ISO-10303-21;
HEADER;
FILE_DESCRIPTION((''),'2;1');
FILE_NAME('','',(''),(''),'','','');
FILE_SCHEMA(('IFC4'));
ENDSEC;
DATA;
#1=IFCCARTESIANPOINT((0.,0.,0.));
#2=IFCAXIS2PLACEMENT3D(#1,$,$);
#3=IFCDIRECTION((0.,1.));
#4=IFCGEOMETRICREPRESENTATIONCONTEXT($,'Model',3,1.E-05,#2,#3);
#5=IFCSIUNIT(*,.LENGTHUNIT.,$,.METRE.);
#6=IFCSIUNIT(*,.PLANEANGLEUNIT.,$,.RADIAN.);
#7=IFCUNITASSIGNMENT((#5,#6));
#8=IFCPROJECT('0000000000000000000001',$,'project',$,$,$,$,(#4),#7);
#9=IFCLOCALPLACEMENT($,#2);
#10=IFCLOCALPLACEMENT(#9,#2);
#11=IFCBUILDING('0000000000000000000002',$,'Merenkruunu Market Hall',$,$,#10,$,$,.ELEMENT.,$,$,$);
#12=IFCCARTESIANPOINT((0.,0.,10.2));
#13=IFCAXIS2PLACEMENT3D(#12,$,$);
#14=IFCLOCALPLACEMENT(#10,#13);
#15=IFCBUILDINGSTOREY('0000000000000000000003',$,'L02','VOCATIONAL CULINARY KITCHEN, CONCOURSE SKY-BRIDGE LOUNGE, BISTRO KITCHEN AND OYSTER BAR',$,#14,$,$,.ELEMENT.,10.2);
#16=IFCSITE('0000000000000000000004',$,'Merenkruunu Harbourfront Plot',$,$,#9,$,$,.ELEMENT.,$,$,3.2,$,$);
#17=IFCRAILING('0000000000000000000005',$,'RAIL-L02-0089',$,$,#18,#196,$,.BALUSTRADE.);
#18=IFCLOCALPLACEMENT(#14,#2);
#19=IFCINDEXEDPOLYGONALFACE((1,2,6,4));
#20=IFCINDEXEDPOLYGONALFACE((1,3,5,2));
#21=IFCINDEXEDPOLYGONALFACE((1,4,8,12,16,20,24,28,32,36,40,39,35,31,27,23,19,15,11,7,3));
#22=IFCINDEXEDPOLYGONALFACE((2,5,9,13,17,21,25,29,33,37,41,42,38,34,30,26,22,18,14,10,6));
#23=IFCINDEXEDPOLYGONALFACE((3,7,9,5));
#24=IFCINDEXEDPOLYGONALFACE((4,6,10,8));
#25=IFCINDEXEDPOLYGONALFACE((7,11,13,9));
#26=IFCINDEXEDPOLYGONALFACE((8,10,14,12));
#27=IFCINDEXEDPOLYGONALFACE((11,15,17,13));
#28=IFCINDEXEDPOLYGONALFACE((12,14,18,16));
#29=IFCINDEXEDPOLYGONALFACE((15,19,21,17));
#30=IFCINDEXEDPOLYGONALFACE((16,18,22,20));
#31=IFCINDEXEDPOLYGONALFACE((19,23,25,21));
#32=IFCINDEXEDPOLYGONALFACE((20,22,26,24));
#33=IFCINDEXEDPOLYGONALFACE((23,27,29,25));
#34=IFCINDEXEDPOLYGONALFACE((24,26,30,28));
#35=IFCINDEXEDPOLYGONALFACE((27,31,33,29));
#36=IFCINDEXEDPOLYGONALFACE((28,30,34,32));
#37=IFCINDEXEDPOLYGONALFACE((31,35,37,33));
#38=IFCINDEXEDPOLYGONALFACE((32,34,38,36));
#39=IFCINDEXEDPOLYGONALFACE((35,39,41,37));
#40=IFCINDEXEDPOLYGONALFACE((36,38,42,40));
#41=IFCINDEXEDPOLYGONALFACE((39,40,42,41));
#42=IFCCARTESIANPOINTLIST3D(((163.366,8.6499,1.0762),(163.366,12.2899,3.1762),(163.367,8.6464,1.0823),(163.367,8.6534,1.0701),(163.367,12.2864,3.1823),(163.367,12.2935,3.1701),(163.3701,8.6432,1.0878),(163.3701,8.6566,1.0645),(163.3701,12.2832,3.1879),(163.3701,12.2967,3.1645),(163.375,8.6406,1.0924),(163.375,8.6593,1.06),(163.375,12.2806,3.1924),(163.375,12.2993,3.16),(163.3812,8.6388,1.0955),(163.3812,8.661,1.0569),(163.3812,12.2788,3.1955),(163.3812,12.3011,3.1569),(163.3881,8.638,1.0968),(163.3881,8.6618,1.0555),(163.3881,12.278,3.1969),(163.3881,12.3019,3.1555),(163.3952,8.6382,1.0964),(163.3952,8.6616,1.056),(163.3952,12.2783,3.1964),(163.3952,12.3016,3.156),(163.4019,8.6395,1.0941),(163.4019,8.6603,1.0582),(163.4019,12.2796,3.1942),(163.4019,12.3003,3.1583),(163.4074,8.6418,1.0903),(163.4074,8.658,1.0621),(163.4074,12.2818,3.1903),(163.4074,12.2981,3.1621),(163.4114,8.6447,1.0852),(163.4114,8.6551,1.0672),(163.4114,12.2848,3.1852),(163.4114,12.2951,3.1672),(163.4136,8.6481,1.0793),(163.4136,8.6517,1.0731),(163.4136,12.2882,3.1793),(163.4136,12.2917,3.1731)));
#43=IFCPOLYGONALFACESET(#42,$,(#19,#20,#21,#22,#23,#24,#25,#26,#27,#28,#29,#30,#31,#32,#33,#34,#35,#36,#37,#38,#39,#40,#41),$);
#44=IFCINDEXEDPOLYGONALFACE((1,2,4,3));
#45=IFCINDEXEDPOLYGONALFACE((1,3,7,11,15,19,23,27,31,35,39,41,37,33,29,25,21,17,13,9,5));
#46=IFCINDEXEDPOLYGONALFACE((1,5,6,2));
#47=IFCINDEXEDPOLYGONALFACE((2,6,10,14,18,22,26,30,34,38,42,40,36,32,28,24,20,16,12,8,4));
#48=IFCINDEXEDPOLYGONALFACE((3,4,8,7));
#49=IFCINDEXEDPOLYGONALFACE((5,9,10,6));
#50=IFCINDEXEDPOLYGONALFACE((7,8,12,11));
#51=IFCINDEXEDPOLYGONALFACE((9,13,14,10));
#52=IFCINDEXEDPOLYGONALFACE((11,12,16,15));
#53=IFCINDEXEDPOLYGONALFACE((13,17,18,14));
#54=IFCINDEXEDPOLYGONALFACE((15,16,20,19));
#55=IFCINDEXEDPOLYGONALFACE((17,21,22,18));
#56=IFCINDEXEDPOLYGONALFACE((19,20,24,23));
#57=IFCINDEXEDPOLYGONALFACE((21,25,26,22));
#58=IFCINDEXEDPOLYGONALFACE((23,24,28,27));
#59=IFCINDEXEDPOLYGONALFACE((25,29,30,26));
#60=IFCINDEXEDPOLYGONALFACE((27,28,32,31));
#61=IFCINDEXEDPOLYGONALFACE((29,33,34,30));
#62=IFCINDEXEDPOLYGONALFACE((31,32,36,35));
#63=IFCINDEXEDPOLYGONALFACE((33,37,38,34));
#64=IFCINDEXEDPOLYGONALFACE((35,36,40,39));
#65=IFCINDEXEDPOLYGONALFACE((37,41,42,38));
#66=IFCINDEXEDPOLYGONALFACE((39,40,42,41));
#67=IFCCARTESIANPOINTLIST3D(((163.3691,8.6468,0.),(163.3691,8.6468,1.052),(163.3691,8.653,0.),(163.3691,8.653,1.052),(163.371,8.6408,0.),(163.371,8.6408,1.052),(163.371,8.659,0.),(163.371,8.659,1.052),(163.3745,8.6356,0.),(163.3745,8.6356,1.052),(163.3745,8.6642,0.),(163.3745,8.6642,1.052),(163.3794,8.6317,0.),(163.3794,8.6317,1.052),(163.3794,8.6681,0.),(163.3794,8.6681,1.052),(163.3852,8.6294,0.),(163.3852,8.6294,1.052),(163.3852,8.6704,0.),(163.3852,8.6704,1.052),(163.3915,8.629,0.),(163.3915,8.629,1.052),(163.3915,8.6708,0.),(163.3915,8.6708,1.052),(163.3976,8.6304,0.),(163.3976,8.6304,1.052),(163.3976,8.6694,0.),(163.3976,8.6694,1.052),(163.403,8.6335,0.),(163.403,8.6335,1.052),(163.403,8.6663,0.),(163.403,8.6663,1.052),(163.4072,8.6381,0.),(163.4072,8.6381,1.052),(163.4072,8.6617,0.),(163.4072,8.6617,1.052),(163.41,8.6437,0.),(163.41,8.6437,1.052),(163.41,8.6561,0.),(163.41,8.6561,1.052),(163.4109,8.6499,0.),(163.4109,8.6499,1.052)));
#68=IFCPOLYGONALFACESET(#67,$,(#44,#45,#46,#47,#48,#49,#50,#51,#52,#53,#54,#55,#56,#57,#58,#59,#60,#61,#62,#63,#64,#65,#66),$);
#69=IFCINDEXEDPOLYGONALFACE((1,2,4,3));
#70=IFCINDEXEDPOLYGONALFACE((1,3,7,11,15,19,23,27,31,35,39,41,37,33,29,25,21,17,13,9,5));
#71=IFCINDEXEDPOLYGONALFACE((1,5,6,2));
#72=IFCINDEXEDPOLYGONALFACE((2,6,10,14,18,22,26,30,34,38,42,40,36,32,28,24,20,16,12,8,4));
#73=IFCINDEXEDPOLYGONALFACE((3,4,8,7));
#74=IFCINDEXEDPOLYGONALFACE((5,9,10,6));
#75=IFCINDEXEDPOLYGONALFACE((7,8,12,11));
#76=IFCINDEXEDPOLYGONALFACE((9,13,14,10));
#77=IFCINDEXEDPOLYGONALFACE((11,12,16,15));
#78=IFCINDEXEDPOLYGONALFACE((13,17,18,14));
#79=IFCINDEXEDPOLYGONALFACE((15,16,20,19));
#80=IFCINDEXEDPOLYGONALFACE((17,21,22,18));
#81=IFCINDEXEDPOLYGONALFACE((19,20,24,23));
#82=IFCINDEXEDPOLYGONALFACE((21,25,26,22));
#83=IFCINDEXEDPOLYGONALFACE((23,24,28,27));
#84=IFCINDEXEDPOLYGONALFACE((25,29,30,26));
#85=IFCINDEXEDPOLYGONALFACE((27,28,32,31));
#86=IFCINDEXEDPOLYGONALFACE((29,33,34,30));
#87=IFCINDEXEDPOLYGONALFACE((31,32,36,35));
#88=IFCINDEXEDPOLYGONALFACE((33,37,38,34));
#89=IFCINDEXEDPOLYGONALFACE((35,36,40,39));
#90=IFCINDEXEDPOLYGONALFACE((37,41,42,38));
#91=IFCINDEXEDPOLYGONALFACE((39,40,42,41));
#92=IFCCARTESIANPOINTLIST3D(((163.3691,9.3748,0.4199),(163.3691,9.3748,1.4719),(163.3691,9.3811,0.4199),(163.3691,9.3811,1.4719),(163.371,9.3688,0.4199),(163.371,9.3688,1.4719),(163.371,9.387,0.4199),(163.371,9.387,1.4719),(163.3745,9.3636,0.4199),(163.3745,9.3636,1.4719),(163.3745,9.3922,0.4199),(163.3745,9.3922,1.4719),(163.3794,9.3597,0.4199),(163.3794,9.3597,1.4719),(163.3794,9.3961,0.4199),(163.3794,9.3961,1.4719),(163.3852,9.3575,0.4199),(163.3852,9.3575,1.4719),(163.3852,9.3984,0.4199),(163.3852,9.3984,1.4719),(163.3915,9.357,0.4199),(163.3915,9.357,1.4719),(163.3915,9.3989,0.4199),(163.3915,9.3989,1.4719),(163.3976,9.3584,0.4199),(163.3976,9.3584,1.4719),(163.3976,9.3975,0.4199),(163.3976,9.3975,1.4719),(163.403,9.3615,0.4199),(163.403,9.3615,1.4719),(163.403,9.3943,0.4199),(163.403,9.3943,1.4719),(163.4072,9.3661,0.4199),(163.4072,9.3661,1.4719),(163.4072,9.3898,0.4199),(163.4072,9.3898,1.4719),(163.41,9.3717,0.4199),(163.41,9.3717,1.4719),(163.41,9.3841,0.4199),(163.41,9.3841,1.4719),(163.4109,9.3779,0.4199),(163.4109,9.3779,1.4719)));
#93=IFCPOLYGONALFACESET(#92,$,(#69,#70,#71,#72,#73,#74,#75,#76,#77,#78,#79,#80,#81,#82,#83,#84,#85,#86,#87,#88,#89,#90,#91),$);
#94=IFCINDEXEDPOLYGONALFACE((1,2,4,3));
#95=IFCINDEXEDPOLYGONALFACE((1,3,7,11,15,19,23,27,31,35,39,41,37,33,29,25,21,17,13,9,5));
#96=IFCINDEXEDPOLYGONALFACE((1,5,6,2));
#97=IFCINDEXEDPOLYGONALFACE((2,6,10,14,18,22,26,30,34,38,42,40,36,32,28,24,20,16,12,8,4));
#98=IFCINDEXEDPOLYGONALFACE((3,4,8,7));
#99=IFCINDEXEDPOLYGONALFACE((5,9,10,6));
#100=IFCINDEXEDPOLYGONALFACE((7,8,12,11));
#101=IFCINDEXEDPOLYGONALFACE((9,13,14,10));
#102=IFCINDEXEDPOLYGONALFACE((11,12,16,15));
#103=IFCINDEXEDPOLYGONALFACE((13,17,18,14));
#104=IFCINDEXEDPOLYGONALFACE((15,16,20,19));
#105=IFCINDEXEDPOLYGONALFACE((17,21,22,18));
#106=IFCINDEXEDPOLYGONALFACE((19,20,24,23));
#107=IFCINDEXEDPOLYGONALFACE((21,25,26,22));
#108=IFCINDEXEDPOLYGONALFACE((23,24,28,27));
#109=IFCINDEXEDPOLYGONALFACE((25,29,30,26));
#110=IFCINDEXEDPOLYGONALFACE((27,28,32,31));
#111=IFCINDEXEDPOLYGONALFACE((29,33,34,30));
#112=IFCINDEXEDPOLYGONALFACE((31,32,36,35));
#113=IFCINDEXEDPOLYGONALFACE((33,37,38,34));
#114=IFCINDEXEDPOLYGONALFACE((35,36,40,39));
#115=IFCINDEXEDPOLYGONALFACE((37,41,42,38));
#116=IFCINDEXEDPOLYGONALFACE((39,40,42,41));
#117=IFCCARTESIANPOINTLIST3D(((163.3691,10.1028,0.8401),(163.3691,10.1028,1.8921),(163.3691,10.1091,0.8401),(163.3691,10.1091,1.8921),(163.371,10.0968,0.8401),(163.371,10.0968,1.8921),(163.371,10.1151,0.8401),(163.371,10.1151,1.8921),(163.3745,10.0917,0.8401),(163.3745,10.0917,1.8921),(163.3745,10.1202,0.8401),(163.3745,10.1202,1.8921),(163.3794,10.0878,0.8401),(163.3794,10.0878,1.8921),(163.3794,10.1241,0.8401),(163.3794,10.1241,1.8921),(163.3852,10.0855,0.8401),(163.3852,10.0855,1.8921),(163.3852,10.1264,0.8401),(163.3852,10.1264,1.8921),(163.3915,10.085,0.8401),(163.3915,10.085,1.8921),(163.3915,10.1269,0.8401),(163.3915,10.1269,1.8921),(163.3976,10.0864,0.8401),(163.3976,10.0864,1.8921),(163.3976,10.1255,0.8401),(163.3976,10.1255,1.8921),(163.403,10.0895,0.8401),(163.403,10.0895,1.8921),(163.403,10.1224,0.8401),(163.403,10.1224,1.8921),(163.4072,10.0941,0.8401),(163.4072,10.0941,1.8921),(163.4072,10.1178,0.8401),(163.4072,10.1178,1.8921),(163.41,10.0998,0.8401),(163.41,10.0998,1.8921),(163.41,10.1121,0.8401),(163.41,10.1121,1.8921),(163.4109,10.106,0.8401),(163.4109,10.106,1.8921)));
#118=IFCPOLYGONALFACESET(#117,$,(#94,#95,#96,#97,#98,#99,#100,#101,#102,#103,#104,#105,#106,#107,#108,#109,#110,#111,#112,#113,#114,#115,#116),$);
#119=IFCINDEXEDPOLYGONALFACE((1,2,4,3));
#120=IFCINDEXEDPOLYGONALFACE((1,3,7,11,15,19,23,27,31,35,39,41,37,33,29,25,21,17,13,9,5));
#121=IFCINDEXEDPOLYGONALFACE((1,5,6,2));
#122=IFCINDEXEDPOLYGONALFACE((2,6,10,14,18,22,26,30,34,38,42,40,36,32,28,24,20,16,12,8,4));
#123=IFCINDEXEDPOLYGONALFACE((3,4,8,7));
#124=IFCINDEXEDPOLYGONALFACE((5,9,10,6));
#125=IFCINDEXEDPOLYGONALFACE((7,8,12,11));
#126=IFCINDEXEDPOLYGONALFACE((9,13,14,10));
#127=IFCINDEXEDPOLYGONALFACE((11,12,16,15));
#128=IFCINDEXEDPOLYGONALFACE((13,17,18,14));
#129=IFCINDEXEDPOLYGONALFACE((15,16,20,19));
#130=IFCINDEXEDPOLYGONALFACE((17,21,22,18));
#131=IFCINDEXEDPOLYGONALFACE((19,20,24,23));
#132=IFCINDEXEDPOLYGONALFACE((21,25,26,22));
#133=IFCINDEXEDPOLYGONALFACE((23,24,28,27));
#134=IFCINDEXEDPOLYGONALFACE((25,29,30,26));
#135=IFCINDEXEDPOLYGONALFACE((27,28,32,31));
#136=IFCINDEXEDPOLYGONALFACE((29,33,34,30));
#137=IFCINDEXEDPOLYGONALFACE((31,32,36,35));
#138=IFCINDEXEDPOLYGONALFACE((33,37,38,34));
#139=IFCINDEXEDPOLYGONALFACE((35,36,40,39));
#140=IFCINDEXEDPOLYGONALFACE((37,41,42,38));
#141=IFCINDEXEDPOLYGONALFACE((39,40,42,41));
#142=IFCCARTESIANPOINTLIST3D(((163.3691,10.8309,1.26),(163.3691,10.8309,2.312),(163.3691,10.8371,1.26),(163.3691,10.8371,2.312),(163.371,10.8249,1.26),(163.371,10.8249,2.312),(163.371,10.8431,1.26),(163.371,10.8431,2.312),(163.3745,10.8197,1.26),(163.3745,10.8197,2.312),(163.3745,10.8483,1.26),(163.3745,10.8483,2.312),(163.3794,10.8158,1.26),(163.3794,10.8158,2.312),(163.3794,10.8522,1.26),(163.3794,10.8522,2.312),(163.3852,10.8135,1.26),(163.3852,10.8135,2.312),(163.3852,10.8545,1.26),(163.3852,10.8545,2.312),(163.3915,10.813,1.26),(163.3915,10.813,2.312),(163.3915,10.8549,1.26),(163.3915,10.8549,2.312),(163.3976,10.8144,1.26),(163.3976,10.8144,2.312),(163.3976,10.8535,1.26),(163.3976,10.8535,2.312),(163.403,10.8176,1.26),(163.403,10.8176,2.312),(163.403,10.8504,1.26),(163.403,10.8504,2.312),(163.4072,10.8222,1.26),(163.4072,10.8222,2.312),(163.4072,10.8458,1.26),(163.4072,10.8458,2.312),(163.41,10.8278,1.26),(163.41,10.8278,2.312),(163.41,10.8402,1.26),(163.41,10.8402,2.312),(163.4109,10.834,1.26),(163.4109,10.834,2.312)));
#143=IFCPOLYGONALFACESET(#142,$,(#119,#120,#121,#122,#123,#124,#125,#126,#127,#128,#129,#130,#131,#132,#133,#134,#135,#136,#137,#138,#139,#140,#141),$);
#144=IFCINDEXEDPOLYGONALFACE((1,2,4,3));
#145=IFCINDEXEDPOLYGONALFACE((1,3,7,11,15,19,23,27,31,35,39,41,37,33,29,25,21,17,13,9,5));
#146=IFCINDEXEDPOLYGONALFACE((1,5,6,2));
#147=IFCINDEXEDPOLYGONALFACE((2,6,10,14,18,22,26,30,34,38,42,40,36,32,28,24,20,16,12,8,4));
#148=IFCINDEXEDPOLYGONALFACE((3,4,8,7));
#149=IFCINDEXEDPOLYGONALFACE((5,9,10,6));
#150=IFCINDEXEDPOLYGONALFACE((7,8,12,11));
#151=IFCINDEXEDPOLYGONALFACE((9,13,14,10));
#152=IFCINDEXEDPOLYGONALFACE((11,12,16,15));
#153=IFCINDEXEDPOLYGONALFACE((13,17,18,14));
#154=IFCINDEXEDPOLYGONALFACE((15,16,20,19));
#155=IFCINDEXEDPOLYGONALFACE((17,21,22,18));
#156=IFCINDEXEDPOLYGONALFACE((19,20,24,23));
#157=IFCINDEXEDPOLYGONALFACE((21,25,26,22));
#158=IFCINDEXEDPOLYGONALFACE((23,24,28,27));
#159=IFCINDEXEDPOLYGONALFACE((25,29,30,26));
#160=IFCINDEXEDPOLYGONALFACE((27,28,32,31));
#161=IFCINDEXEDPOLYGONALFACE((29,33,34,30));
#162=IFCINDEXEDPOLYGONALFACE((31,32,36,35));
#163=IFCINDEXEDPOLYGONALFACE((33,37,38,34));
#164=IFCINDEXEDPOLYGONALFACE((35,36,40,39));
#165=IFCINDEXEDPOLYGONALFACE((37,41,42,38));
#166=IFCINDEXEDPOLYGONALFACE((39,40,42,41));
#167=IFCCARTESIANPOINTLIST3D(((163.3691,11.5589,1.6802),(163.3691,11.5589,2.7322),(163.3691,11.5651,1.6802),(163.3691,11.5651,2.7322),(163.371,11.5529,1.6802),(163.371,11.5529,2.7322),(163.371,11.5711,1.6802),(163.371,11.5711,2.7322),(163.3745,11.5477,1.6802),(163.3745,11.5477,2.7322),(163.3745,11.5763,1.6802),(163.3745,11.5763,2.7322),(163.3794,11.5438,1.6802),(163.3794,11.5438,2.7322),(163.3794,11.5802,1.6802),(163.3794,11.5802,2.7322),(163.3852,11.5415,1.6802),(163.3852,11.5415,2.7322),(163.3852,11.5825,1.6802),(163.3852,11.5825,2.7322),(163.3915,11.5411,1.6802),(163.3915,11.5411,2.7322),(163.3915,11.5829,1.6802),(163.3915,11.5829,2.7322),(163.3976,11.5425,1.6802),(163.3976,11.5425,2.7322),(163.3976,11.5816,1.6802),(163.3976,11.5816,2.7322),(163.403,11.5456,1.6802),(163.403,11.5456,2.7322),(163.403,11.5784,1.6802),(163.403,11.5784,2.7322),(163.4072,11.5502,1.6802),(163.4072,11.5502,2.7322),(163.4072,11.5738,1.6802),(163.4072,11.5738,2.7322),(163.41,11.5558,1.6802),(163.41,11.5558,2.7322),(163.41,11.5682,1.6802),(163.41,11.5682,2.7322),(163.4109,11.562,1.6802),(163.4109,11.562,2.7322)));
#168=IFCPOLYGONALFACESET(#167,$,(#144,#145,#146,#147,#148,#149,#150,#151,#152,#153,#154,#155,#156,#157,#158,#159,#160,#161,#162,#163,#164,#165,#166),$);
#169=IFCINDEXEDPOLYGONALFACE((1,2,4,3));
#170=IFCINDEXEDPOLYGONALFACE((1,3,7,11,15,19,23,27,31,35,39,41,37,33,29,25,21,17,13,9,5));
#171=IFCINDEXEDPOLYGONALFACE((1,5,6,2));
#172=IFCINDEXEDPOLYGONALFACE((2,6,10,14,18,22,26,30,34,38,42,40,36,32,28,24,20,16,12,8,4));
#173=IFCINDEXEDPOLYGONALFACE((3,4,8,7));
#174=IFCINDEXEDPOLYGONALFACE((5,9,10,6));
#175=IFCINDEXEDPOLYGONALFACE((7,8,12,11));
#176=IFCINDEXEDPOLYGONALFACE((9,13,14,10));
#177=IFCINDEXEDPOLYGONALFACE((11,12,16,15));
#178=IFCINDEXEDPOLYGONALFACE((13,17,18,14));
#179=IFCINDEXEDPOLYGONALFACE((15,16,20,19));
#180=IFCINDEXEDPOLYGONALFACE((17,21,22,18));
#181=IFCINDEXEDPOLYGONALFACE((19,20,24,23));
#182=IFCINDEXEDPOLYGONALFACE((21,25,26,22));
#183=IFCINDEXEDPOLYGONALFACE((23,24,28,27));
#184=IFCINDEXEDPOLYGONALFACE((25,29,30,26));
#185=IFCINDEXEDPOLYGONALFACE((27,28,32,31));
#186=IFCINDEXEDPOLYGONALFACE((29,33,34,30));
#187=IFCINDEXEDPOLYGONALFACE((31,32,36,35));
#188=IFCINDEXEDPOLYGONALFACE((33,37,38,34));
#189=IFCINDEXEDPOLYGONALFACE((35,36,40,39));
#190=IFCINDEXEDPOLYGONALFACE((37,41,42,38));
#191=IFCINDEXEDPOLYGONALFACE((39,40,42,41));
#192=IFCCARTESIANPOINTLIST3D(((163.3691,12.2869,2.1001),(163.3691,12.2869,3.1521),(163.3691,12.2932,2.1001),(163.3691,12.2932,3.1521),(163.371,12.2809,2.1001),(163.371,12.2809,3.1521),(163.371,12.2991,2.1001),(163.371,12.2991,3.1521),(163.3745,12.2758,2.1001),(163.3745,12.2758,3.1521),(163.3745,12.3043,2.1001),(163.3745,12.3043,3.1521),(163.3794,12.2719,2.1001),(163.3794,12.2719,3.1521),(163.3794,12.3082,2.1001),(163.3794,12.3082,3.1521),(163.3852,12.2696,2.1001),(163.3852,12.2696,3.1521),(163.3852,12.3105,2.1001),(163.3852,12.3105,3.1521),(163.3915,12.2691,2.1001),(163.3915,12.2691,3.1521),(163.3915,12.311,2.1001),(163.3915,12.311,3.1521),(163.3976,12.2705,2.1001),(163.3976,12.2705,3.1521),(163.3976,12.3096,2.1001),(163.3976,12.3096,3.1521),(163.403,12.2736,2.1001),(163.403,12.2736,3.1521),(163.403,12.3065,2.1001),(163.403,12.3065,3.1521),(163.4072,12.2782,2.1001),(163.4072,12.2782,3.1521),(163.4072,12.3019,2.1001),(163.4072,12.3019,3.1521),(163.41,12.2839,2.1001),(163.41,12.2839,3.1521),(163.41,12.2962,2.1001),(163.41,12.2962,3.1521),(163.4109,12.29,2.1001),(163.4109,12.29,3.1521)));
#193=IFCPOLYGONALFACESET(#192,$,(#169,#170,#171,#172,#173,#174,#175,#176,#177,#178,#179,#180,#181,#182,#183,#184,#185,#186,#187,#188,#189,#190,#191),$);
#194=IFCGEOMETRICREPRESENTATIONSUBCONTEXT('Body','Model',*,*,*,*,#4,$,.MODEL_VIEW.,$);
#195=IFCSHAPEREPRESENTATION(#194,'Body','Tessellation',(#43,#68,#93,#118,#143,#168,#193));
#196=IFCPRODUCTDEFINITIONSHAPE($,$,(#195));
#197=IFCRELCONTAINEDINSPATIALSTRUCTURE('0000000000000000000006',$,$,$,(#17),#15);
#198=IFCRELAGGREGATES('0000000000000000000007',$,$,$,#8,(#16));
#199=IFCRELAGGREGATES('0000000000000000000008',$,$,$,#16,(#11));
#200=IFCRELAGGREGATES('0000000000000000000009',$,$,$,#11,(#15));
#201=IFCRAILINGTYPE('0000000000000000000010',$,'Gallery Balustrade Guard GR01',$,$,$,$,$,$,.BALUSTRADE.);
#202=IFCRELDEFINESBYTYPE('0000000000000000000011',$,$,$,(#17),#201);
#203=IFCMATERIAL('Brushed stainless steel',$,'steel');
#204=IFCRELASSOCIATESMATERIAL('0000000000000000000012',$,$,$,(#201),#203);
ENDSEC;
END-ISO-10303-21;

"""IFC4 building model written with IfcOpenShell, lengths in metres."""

from ifc_helpers import new_model, si_unit, direction, frame, origin, origin_2d, place, context, subcontext, project, spatial, circle, extrude, material, type_object, element, save


model = new_model("IFC4")

# Units and contexts
model_context = context("Model", 3, precision=1e-05, world=origin(), true_north=direction((0.0, 1.0)))
body_context = subcontext(model_context, "Body", "Model", "MODEL_VIEW")
ifc_project = project(units=[si_unit("LENGTHUNIT", "METRE"), si_unit("PLANEANGLEUNIT", "RADIAN")], contexts=[model_context])

# Site, building, storey
site_placement = place(None, origin())
site = spatial("IfcSite", under=ifc_project, at=site_placement, Name="Merenkruunu Harbourfront Plot", CompositionType="ELEMENT", RefElevation=3.2)
building_placement = place(site_placement, origin())
building = spatial("IfcBuilding", under=site, at=building_placement, Name="Merenkruunu Market Hall", CompositionType="ELEMENT")
storey_placement = place(building_placement, frame((0.0, 0.0, 10.2)))
storey = spatial("IfcBuildingStorey", under=building, at=storey_placement, Name="L02", Description="VOCATIONAL CULINARY KITCHEN, CONCOURSE SKY-BRIDGE LOUNGE, BISTRO KITCHEN AND OYSTER BAR", CompositionType="ELEMENT", Elevation=10.2)

# Railing
ifc_material_1 = material(Name="Brushed stainless steel", Category="steel")
railing_type_1 = type_object("IfcRailingType", Name="Gallery Balustrade Guard GR01", PredefinedType="BALUSTRADE", material=ifc_material_1)
railing_1_placement = place(storey_placement, frame((163.3899, 8.6499, 0.0)))
element("IfcRailing", 1, at=railing_1_placement, inside=storey, type_object=railing_type_1, Name="RAIL-L02-0089", PredefinedType="BALUSTRADE", context=body_context, shape_type="SweptSolid", body=[
    extrude(circle(Radius=0.0239, at=origin_2d()), frame((0.0, 0.0, 1.0762), z_axis=(0.0, 0.866184, 0.499726), x_axis=(-1.0, 0.0, 0.0)), (0.0, 0.0, 1.0), 4.2024),
    extrude(circle(Radius=0.021, at=origin_2d()), origin(), (0.0, 0.0, 1.0), 1.052),
    extrude(circle(Radius=0.021, at=origin_2d()), frame((0.0, 0.728, 0.4199)), (0.0, 0.0, 1.0), 1.052),
    extrude(circle(Radius=0.021, at=origin_2d()), frame((0.0, 1.4561, 0.8401)), (0.0, 0.0, 1.0), 1.052),
    extrude(circle(Radius=0.021, at=origin_2d()), frame((0.0, 2.1841, 1.26)), (0.0, 0.0, 1.0), 1.052),
    extrude(circle(Radius=0.021, at=origin_2d()), frame((0.0, 2.9121, 1.6802)), (0.0, 0.0, 1.0), 1.052),
    extrude(circle(Radius=0.021, at=origin_2d()), frame((0.0, 3.6401, 2.1001)), (0.0, 0.0, 1.0), 1.052),
])

save(model, "model.ifc")
